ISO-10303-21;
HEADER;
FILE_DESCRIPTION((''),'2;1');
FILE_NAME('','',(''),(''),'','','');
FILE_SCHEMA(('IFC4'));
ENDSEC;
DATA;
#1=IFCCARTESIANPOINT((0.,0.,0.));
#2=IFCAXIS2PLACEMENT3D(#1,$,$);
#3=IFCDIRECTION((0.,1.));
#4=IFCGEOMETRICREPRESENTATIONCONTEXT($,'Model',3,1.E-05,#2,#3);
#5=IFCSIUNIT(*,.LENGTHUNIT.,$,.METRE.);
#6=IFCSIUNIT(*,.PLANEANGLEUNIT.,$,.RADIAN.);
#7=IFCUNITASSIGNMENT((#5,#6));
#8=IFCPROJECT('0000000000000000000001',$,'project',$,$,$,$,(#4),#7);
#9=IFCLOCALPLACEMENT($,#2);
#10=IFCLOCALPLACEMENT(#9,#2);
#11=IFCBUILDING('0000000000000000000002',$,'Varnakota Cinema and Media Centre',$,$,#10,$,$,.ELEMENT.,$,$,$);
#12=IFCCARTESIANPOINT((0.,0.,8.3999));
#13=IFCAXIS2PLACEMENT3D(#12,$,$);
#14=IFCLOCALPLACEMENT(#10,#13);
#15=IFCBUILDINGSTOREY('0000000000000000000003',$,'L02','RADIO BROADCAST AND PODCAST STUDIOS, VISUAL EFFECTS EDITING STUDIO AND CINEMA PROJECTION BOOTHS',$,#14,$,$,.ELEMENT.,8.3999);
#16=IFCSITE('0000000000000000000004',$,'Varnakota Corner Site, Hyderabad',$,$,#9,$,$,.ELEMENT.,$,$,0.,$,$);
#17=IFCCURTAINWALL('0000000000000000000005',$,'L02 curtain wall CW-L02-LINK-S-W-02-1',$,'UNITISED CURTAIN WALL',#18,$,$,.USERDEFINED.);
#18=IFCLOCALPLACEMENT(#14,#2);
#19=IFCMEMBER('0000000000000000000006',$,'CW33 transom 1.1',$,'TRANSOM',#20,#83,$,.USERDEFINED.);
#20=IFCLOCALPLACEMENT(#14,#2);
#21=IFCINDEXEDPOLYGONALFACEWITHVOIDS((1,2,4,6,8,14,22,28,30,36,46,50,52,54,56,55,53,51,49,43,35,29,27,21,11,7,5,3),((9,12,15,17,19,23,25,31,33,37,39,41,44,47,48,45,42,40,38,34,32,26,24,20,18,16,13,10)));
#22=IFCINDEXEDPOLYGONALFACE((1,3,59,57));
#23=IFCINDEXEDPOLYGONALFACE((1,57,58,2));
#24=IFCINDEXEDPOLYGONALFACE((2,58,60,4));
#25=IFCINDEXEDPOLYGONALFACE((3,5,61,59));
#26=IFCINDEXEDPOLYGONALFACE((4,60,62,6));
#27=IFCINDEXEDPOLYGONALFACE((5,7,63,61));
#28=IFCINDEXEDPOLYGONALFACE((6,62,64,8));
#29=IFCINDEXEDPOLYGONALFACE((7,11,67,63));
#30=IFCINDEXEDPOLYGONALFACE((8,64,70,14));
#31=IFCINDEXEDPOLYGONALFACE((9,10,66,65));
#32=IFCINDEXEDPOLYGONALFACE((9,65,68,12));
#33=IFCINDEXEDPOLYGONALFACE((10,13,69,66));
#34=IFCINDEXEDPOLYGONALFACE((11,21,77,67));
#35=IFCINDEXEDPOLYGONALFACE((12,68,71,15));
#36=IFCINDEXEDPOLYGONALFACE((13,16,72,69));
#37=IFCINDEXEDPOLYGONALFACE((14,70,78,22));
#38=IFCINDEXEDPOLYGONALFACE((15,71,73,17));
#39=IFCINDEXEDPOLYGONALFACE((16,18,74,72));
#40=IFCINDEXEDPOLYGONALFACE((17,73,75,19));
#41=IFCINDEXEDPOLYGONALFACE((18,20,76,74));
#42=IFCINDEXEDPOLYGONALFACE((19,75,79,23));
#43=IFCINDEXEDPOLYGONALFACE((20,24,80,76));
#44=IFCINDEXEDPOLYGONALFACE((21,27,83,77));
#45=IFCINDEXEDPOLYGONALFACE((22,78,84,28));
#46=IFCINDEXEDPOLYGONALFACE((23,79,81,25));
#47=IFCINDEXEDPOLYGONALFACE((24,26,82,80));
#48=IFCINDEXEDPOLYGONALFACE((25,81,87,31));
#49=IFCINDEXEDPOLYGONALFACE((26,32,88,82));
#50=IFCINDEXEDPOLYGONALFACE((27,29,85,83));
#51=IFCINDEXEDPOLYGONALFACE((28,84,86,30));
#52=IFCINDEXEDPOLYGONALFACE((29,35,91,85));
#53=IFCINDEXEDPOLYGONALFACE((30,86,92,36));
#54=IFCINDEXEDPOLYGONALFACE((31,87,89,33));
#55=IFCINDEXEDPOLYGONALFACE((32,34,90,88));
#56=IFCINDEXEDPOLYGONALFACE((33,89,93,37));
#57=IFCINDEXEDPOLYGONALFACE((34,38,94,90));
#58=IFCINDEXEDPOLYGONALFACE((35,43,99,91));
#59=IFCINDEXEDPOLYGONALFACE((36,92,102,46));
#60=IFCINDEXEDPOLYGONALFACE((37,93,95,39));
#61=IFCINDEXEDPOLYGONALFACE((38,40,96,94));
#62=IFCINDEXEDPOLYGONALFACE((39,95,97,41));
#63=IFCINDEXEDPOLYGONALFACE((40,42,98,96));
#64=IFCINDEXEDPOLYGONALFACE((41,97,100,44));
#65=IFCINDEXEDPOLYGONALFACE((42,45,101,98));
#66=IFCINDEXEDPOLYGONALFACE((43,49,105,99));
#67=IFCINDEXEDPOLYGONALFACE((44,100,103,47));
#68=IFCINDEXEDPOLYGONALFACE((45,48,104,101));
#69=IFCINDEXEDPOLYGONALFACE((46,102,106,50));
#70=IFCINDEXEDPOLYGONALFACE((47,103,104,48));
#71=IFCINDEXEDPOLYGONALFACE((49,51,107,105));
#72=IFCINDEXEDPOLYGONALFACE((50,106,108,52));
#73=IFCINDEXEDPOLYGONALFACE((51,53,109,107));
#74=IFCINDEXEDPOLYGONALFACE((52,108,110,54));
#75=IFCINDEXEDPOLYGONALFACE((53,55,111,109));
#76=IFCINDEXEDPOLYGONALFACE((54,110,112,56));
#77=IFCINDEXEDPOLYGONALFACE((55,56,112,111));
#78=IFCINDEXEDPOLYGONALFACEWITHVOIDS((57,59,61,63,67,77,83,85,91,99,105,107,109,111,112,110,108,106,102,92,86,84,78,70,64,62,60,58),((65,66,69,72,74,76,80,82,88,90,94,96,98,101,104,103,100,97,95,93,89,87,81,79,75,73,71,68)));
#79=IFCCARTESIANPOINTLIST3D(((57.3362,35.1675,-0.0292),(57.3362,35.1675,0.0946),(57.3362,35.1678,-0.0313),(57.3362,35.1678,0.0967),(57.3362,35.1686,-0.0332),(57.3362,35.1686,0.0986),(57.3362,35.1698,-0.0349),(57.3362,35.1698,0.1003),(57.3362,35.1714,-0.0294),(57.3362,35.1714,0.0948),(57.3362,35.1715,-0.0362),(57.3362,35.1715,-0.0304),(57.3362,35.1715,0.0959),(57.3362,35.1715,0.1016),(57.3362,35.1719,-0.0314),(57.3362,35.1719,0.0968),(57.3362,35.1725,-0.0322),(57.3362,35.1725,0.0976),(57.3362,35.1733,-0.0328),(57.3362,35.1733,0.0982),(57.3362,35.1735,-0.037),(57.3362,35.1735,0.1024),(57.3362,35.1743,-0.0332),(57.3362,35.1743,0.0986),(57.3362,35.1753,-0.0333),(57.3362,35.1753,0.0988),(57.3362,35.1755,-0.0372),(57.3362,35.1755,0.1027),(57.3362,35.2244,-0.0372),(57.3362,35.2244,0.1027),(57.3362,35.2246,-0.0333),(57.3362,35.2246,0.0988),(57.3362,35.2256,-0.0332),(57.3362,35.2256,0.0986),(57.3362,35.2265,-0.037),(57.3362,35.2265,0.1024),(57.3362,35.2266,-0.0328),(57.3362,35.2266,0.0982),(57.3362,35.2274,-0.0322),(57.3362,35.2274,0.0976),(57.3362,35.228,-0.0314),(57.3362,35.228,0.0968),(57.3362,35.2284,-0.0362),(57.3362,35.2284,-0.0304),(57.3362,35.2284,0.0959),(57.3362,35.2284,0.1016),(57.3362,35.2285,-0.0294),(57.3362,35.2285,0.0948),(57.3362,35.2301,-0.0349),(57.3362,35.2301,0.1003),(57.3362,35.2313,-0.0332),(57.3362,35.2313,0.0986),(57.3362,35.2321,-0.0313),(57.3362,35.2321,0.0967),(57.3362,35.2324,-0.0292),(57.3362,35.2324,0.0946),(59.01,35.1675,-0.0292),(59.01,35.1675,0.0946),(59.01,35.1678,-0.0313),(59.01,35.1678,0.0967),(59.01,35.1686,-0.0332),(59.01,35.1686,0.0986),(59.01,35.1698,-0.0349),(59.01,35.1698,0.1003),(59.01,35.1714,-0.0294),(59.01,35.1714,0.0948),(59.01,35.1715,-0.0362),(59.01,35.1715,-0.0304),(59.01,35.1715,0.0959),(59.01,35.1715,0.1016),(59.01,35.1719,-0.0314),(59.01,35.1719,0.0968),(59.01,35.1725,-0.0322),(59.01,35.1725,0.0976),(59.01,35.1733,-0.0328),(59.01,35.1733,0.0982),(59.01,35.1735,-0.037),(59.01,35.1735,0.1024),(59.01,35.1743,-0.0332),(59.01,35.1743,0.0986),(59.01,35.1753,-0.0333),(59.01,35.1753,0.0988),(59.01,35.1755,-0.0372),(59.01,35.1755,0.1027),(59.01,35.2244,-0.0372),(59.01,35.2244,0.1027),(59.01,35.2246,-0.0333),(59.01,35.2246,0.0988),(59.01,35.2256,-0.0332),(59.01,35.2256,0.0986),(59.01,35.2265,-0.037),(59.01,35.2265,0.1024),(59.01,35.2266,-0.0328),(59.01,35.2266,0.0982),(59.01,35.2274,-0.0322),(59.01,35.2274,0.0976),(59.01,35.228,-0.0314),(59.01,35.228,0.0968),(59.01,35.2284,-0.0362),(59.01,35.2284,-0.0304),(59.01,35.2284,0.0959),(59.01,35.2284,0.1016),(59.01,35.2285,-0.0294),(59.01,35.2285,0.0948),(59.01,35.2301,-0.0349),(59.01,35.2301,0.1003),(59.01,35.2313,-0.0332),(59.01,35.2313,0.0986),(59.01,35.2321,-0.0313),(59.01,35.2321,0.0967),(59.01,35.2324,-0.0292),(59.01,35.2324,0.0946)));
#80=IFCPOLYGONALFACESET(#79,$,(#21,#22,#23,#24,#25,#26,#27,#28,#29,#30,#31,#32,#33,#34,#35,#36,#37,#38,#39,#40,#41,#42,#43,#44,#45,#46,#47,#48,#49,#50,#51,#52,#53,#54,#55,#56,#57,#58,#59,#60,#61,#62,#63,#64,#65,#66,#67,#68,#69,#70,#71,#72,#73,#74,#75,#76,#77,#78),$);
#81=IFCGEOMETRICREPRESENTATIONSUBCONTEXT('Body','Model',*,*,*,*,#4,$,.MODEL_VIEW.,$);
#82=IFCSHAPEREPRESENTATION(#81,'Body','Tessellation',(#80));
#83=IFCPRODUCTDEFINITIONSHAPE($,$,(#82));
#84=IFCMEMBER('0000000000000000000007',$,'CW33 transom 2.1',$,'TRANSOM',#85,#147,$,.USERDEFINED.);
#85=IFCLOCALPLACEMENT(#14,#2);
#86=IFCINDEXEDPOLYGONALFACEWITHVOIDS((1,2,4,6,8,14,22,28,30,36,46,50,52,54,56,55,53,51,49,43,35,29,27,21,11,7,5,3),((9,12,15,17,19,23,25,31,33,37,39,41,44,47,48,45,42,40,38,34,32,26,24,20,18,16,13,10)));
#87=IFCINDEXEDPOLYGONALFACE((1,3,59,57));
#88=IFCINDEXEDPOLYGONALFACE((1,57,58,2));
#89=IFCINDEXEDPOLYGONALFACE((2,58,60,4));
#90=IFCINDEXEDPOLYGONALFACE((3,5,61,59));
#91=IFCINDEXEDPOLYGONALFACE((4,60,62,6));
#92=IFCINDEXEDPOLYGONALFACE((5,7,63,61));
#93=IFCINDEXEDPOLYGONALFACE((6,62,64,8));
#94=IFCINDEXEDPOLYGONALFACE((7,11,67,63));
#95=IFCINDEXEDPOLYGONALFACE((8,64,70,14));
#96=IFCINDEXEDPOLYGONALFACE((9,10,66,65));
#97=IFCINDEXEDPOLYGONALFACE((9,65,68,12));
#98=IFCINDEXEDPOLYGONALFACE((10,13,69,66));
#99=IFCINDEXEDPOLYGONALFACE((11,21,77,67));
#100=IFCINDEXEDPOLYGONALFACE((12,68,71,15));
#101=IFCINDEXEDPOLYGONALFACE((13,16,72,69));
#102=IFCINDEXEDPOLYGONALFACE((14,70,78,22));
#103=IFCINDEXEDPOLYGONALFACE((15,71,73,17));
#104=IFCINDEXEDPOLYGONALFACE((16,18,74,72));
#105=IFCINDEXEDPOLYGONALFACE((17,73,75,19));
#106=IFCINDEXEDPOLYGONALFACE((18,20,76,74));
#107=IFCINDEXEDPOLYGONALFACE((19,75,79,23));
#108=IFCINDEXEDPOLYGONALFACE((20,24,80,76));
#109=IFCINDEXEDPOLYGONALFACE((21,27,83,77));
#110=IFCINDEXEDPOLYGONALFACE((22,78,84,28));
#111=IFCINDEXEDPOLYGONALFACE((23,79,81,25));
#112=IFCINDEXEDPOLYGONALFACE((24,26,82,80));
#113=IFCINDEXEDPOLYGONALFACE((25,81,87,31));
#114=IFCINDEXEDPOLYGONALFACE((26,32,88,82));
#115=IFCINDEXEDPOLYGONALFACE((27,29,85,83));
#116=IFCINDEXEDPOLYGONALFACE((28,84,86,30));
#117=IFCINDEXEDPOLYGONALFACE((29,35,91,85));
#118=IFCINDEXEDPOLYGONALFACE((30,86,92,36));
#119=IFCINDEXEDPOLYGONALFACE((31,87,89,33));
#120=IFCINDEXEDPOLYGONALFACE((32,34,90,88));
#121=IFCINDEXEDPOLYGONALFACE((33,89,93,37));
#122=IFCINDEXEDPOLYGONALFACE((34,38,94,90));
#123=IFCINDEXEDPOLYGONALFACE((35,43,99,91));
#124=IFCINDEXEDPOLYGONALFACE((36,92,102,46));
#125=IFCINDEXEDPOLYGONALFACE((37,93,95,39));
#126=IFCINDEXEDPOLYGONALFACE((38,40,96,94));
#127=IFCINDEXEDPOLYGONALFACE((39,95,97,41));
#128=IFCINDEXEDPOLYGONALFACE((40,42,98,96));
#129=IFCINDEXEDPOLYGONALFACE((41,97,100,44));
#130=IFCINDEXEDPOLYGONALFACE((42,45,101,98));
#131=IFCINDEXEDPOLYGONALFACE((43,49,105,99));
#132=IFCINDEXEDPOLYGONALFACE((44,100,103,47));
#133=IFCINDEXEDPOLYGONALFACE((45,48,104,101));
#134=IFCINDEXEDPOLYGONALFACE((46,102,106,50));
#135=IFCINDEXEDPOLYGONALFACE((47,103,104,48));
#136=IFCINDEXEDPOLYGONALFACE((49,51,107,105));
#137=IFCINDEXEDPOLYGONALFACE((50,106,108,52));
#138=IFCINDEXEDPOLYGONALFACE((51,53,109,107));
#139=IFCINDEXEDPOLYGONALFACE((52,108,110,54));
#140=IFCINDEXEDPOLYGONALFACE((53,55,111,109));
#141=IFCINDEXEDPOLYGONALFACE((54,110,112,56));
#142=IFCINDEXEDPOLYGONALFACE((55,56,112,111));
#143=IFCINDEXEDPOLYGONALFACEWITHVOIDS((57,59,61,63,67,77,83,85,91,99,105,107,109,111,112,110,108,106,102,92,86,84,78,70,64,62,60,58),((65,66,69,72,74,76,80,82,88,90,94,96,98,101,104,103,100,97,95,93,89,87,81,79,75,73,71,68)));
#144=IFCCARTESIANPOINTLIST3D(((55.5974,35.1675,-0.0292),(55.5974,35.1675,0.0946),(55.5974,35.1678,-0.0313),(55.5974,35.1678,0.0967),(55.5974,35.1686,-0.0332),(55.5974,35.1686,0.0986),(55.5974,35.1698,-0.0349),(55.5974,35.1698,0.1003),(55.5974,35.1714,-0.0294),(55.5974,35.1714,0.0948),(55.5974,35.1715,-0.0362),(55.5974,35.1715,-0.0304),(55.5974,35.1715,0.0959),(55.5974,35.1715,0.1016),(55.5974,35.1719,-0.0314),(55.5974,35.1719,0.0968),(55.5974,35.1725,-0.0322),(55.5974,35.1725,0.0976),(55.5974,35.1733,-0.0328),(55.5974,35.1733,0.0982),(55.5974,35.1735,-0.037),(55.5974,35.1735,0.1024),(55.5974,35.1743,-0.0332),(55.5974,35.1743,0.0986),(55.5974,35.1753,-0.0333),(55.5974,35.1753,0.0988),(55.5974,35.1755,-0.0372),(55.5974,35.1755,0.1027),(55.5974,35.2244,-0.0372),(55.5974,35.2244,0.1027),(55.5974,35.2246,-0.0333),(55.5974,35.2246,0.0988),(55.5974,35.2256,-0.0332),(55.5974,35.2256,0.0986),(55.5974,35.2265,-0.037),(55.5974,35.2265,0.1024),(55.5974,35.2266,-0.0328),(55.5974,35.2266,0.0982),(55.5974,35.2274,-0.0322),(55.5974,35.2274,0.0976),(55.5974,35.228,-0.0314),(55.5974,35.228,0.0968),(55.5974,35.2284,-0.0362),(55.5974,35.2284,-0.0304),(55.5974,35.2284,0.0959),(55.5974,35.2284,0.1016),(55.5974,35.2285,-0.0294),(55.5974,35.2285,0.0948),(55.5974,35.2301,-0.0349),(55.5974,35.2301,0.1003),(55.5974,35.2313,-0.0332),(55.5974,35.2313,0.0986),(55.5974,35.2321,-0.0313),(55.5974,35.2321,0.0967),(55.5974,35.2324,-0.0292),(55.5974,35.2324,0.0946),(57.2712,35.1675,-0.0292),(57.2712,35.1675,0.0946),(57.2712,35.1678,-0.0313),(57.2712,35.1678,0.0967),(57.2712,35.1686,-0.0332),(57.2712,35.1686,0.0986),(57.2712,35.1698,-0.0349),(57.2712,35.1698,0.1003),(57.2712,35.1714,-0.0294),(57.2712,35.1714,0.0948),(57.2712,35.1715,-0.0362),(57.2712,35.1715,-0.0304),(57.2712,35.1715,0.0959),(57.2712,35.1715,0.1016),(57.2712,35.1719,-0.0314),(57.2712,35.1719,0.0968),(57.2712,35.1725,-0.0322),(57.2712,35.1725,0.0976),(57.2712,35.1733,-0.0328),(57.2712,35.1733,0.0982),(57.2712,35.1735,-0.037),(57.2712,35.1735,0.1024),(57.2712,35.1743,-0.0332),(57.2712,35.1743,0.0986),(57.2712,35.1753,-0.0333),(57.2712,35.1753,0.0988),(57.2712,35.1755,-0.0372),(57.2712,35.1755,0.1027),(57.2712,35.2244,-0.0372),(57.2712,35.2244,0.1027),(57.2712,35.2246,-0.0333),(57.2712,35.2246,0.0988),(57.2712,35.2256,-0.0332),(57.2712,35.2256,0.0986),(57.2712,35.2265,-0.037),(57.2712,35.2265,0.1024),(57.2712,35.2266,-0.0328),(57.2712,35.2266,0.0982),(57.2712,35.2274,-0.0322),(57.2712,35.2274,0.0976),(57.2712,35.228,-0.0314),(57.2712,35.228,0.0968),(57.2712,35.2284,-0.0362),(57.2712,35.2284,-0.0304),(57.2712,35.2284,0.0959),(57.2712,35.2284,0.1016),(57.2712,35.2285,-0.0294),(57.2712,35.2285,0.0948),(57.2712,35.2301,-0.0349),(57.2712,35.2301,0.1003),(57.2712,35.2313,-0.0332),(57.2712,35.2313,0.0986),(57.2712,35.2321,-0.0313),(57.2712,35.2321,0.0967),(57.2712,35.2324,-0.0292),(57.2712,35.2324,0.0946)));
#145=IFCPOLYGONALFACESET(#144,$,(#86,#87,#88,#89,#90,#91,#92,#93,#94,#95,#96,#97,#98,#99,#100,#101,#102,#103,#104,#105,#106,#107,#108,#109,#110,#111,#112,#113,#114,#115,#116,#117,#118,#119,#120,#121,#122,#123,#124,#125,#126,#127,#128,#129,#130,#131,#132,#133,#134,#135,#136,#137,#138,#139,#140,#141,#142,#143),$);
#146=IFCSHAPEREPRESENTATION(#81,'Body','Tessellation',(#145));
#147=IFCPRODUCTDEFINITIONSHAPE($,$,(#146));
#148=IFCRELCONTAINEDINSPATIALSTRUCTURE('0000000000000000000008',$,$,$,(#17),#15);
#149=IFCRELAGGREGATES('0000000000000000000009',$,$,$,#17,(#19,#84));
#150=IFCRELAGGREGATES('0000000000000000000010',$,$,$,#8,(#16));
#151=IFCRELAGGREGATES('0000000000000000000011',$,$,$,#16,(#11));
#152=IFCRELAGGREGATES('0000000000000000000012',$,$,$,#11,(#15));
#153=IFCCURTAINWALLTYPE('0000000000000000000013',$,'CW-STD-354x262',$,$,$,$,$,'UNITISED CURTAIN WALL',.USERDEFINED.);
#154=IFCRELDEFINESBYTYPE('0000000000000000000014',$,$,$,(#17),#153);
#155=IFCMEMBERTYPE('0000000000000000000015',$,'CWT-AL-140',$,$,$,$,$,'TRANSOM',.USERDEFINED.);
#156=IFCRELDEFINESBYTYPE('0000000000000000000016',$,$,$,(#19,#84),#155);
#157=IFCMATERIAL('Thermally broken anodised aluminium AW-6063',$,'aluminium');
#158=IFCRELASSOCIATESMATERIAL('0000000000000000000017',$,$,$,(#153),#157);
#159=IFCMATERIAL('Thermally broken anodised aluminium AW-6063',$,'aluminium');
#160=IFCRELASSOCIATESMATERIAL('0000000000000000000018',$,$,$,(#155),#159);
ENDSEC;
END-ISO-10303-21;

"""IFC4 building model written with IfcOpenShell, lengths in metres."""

from ifc_helpers import new_model, si_unit, direction, frame, origin, origin_2d, place, context, subcontext, project, spatial, hollow_rectangle, extrude, material, material_profile, profile_set, type_object, element, aggregate, save


model = new_model("IFC4")

# Units and contexts
model_context = context("Model", 3, precision=1e-05, world=origin(), true_north=direction((0.0, 1.0)))
body_context = subcontext(model_context, "Body", "Model", "MODEL_VIEW")
ifc_project = project(units=[si_unit("LENGTHUNIT", "METRE"), si_unit("PLANEANGLEUNIT", "RADIAN")], contexts=[model_context])

# Site, building, storey
site_placement = place(None, origin())
site = spatial("IfcSite", under=ifc_project, at=site_placement, Name="Varnakota Corner Site, Hyderabad", CompositionType="ELEMENT", RefElevation=0.0)
building_placement = place(site_placement, origin())
building = spatial("IfcBuilding", under=site, at=building_placement, Name="Varnakota Cinema and Media Centre", CompositionType="ELEMENT")
storey_placement = place(building_placement, frame((0.0, 0.0, 8.3999)))
storey = spatial("IfcBuildingStorey", under=building, at=storey_placement, Name="L02", Description="RADIO BROADCAST AND PODCAST STUDIOS, VISUAL EFFECTS EDITING STUDIO AND CINEMA PROJECTION BOOTHS", CompositionType="ELEMENT", Elevation=8.3999)

# Curtain wall
ifc_material_1 = material(Name="Thermally broken anodised aluminium AW-6063", Category="aluminium")
curtain_wall_type = type_object("IfcCurtainWallType", Name="CW-STD-354x262", ElementType="UNITISED CURTAIN WALL", PredefinedType="USERDEFINED", material=ifc_material_1)
curtain_wall_1_placement = place(storey_placement, origin())
curtain_wall_1 = element("IfcCurtainWall", 1, at=curtain_wall_1_placement, inside=storey, type_object=curtain_wall_type, Name="L02 curtain wall CW-L02-LINK-S-W-02-1", ObjectType="UNITISED CURTAIN WALL", PredefinedType="USERDEFINED")

# Members
ifc_material_2 = material(Name="Thermally broken anodised aluminium AW-6063", Category="aluminium")
ifc_material_profile_1 = material_profile(ifc_material_2, hollow_rectangle(XDim=0.0649, YDim=0.1399, WallThickness=0.0039, InnerFilletRadius=0.0039, OuterFilletRadius=0.0081, at=origin_2d()), Name="AL-TRANSOM 140x65x4")
ifc_profile_set_1 = profile_set([ifc_material_profile_1], Name="Thermally broken anodised aluminium AW-6063")
member_type_1 = type_object("IfcMemberType", Name="CWT-AL-140", ElementType="TRANSOM", PredefinedType="USERDEFINED", material=ifc_profile_set_1)
member_1_placement = place(storey_placement, frame((59.01, 35.2, 0.0327), z_axis=(-1.0, 0.0, 0.0), x_axis=(0.0, -1.0, 0.0)))
member_1 = element("IfcMember", 2, at=member_1_placement, type_object=member_type_1, Name="CW33 transom 1.1", ObjectType="TRANSOM", PredefinedType="USERDEFINED", context=body_context, shape_type="SweptSolid", body=[
    extrude(hollow_rectangle(XDim=0.0649, YDim=0.1399, WallThickness=0.0039, InnerFilletRadius=0.0039, OuterFilletRadius=0.0081, at=origin_2d()), origin(), (0.0, 0.0, 1.0), 1.6738),
])
member_2_placement = place(storey_placement, frame((57.2712, 35.2, 0.0327), z_axis=(-1.0, 0.0, 0.0), x_axis=(0.0, -1.0, 0.0)))
member_2 = element("IfcMember", 3, at=member_2_placement, type_object=member_type_1, Name="CW33 transom 2.1", ObjectType="TRANSOM", PredefinedType="USERDEFINED", context=body_context, shape_type="SweptSolid", body=[
    extrude(hollow_rectangle(XDim=0.0649, YDim=0.1399, WallThickness=0.0039, InnerFilletRadius=0.0039, OuterFilletRadius=0.0081, at=origin_2d()), origin(), (0.0, 0.0, 1.0), 1.6738),
])

aggregate(curtain_wall_1, [member_1, member_2])

save(model, "model.ifc")
